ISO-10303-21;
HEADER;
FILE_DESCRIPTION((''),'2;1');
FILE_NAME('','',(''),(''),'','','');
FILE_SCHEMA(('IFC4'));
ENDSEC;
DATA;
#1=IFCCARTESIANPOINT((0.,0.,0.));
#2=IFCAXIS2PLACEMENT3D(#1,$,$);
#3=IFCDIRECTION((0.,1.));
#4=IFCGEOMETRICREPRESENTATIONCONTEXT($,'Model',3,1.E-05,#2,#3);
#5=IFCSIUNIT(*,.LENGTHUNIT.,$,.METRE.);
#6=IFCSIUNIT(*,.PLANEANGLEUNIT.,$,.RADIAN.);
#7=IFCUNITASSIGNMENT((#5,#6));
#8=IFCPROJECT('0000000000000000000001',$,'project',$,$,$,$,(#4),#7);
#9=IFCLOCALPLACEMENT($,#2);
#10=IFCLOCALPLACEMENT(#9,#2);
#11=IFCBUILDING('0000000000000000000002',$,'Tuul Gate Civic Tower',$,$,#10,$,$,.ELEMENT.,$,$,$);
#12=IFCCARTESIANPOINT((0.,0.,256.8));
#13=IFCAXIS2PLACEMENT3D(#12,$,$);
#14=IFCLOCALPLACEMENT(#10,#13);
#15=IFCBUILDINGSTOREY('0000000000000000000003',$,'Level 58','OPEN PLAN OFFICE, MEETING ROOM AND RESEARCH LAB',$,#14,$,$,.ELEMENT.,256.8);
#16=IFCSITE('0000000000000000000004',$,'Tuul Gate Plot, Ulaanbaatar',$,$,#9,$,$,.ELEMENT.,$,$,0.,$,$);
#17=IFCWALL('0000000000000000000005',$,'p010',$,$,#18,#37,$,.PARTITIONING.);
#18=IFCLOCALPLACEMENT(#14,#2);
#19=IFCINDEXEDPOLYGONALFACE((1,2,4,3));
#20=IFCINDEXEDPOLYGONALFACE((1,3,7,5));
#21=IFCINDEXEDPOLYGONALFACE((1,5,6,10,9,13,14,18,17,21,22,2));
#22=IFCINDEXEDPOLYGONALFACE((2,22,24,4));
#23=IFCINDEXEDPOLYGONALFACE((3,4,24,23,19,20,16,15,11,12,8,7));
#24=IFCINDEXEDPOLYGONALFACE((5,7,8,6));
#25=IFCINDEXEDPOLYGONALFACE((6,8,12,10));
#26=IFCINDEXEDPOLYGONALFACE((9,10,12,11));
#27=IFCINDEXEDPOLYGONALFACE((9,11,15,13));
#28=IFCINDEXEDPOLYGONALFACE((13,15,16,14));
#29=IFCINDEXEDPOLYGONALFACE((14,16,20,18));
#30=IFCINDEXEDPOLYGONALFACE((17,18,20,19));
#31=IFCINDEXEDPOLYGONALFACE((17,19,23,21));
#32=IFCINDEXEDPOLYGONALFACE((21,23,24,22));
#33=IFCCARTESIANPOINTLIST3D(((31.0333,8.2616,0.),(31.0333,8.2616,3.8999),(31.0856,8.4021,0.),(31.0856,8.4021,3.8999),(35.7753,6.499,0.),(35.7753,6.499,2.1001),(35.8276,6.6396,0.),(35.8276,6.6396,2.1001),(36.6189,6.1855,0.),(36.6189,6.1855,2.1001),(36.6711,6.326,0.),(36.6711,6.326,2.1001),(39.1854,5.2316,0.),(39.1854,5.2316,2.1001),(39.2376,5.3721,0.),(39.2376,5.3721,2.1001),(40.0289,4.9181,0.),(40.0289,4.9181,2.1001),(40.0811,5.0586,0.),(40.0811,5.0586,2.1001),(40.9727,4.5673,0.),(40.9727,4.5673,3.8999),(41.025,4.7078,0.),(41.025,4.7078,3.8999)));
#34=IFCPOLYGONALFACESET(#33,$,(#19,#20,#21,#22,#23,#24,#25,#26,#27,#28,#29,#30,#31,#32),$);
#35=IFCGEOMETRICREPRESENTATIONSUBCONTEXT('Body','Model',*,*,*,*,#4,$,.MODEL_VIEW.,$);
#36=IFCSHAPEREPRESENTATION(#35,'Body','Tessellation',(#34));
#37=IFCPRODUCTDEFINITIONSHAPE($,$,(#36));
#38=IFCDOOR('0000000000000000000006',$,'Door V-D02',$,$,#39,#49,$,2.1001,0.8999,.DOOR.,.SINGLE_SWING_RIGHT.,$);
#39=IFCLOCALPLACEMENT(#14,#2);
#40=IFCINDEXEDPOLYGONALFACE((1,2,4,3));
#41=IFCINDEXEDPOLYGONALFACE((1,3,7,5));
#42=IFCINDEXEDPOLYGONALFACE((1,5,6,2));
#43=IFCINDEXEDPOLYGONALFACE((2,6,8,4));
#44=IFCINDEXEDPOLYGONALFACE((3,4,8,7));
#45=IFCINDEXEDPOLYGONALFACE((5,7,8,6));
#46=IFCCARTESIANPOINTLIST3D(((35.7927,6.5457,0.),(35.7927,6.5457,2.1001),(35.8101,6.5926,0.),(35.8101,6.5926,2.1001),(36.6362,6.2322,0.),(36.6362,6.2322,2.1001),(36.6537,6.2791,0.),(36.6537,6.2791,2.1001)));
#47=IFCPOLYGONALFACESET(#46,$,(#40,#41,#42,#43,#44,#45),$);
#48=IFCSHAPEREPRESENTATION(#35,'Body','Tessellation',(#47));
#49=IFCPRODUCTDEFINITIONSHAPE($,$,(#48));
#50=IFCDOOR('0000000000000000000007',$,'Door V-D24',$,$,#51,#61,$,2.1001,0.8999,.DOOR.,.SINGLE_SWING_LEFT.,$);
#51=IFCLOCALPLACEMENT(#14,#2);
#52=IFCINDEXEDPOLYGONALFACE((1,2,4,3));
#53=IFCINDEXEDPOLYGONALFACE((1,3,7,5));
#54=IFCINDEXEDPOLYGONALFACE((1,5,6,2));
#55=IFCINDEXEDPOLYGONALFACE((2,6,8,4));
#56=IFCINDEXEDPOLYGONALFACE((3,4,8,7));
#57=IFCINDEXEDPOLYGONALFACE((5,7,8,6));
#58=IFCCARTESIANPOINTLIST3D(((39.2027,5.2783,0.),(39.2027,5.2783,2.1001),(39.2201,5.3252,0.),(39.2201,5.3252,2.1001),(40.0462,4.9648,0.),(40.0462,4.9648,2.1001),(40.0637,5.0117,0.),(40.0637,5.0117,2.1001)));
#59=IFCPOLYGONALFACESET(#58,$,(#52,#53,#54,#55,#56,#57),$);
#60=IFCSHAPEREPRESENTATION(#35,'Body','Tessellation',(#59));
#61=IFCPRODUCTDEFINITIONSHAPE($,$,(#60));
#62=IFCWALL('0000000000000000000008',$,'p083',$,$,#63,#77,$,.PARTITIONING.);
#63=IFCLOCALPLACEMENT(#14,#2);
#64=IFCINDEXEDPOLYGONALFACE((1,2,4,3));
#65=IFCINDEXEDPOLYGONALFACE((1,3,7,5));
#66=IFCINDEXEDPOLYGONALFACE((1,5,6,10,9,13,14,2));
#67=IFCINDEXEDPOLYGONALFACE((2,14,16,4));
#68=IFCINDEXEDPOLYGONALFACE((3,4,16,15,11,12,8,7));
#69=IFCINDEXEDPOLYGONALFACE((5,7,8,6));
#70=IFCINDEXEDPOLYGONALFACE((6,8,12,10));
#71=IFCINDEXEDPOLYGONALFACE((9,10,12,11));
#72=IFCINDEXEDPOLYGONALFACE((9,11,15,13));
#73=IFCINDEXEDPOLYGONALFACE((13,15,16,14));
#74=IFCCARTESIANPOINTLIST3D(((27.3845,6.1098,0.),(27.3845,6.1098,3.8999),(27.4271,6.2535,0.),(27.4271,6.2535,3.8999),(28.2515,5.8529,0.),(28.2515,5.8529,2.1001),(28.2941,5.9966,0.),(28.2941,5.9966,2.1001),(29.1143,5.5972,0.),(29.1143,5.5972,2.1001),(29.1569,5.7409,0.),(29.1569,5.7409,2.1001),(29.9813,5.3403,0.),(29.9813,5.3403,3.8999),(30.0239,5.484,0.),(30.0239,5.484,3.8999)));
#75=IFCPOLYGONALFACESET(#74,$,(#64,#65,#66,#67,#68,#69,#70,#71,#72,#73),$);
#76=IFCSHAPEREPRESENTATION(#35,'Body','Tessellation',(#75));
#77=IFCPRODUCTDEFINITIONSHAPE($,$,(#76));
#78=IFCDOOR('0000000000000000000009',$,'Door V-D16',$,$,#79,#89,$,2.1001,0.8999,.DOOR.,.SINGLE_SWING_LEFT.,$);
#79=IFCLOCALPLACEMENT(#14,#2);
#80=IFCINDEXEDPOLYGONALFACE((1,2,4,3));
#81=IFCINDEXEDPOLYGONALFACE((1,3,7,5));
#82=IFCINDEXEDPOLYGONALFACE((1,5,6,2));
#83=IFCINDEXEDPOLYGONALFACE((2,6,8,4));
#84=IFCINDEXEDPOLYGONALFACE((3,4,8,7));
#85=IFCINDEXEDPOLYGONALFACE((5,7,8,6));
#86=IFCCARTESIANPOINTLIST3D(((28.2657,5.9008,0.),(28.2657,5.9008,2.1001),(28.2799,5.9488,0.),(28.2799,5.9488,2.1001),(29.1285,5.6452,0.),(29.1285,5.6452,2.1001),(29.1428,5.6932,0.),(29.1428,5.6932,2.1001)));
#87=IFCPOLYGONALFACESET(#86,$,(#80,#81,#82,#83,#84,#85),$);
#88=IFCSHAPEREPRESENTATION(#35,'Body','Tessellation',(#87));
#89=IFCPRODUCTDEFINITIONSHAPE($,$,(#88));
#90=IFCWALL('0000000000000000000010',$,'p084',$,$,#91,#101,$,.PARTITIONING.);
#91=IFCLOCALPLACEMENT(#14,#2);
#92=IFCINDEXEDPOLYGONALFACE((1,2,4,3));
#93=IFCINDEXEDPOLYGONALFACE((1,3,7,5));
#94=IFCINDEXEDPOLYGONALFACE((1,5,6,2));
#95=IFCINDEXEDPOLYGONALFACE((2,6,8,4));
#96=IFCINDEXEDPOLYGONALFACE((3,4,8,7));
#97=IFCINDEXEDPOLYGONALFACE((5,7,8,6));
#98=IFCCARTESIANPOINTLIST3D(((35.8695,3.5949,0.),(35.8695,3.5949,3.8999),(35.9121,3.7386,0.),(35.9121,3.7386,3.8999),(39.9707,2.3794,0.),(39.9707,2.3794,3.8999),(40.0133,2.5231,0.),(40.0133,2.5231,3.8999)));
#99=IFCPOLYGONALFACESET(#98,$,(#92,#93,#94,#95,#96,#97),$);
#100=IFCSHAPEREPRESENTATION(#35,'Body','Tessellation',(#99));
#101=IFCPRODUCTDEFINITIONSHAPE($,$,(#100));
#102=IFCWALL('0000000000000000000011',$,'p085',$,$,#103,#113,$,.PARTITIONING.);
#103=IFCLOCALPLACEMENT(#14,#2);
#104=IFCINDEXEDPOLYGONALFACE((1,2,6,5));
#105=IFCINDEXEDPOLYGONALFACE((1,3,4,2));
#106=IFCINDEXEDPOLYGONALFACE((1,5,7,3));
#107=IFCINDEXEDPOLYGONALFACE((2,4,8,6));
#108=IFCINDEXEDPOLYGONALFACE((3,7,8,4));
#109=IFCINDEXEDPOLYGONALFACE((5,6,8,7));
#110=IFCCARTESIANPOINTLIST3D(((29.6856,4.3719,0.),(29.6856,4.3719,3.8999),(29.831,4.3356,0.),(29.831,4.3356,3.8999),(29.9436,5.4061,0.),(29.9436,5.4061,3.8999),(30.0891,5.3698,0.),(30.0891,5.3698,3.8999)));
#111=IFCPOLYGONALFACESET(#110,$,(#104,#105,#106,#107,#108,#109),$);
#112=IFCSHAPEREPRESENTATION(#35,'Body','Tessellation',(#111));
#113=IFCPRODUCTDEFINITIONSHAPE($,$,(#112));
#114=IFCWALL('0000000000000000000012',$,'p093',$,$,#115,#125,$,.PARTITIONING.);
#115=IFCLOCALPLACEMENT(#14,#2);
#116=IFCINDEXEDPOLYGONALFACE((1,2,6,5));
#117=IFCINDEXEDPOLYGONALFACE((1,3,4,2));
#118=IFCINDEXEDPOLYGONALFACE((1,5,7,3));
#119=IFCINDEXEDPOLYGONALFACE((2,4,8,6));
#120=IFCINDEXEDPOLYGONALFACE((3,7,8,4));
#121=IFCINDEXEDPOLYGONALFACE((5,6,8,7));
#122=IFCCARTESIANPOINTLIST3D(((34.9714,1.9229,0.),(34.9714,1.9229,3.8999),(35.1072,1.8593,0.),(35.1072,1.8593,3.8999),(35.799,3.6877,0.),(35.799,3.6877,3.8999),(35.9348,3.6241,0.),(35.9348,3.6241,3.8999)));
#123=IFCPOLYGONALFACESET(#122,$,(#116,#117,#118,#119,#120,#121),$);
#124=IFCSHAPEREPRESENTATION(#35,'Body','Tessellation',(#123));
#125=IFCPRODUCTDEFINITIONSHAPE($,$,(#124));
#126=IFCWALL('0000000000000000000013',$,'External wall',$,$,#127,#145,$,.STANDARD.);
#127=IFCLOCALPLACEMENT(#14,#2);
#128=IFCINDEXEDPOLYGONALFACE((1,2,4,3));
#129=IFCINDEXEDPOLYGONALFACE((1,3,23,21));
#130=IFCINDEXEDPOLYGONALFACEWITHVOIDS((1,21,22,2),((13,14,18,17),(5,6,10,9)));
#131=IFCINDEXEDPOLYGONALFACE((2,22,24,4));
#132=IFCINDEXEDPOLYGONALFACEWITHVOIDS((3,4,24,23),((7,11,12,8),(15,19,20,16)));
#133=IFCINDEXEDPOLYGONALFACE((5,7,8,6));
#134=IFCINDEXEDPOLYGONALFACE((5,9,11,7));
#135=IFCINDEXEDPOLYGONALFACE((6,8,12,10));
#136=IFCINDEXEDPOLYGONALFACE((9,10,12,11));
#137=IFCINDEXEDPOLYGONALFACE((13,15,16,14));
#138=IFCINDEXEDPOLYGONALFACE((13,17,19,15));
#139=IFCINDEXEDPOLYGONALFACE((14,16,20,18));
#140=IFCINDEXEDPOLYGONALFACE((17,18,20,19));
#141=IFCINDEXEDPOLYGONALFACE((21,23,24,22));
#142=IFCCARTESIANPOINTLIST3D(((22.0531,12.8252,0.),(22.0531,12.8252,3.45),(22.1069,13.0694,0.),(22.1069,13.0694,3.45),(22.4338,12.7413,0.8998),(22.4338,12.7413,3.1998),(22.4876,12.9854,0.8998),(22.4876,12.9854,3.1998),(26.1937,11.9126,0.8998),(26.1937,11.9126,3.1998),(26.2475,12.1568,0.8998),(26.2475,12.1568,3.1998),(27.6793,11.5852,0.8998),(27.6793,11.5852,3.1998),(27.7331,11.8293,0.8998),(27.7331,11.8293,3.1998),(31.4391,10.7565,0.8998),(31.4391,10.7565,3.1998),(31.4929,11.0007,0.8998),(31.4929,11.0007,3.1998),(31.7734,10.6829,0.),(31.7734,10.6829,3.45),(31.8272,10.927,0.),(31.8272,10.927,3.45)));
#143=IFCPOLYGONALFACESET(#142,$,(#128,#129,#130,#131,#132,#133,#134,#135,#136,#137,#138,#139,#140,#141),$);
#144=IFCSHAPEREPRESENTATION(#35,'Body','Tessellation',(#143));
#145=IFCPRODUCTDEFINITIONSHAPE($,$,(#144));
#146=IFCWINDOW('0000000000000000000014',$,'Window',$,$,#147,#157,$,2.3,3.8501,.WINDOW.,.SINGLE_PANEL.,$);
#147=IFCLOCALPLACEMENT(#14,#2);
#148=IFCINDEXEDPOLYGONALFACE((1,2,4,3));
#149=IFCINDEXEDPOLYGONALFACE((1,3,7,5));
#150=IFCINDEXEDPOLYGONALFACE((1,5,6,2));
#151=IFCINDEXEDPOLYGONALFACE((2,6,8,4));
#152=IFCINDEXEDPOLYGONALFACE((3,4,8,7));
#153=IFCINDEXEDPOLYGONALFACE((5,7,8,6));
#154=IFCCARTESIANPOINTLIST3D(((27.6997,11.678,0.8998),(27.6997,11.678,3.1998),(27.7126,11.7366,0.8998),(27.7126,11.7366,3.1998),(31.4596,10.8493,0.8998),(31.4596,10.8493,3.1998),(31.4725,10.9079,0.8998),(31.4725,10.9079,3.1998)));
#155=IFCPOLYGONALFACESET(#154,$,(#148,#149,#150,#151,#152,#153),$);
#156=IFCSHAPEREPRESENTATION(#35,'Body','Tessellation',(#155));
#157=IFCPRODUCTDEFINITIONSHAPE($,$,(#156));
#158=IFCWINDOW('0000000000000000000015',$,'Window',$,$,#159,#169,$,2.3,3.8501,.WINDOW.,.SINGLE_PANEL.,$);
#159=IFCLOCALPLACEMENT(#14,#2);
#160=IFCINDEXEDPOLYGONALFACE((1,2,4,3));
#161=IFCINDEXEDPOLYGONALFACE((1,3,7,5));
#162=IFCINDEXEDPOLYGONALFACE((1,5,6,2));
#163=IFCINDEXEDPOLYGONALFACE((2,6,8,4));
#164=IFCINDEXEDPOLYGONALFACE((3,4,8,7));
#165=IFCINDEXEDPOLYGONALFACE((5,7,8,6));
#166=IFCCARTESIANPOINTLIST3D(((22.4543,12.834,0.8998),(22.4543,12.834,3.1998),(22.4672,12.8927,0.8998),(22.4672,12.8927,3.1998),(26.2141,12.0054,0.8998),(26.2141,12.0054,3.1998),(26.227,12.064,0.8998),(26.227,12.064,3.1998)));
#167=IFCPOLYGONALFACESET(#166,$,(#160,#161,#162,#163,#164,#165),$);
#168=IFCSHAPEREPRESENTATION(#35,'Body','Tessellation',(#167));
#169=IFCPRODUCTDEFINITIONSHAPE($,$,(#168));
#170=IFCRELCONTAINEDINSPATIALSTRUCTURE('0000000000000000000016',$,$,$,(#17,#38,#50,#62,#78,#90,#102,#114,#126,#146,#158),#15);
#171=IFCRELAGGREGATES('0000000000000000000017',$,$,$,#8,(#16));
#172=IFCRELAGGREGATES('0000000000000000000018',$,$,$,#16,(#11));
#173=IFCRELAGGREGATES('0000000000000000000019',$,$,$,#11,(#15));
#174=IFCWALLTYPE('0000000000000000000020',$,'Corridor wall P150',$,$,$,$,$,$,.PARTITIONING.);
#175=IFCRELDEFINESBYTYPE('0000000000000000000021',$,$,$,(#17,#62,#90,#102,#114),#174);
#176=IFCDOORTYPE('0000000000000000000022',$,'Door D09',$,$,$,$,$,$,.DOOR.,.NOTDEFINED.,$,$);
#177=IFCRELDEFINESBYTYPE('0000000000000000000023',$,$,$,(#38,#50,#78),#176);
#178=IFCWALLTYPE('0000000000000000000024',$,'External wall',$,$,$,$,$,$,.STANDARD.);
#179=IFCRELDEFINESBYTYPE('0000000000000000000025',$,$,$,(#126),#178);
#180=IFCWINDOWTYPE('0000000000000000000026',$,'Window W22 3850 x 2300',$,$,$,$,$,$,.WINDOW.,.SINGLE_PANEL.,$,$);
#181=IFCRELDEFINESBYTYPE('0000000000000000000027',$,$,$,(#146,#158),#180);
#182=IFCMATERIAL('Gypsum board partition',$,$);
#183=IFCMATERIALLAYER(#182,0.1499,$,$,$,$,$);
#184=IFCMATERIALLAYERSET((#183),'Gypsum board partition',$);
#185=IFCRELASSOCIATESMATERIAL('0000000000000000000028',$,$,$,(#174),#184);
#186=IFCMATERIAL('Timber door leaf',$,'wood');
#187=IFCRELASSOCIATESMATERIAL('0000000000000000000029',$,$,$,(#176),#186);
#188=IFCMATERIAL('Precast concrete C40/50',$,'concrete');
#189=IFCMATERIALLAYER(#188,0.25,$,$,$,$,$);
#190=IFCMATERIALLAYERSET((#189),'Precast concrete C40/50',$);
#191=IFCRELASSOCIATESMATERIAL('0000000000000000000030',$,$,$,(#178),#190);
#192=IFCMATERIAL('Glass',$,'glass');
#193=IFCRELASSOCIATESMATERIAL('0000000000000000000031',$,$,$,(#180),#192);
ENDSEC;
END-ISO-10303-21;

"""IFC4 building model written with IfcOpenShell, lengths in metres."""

from ifc_helpers import new_model, si_unit, direction, frame, frame_2d, origin, place, context, subcontext, project, spatial, rectangle, extrude, material, layer, layer_set, type_object, element, fill, save


model = new_model("IFC4")

# Units and contexts
model_context = context("Model", 3, precision=1e-05, world=origin(), true_north=direction((0.0, 1.0)))
body_context = subcontext(model_context, "Body", "Model", "MODEL_VIEW")
ifc_project = project(units=[si_unit("LENGTHUNIT", "METRE"), si_unit("PLANEANGLEUNIT", "RADIAN")], contexts=[model_context])

# Site, building, storey
site_placement = place(None, origin())
site = spatial("IfcSite", under=ifc_project, at=site_placement, Name="Tuul Gate Plot, Ulaanbaatar", CompositionType="ELEMENT", RefElevation=0.0)
building_placement = place(site_placement, origin())
building = spatial("IfcBuilding", under=site, at=building_placement, Name="Tuul Gate Civic Tower", CompositionType="ELEMENT")
storey_placement = place(building_placement, frame((0.0, 0.0, 256.8)))
storey = spatial("IfcBuildingStorey", under=building, at=storey_placement, Name="Level 58", Description="OPEN PLAN OFFICE, MEETING ROOM AND RESEARCH LAB", CompositionType="ELEMENT", Elevation=256.8)

# Wall, openings, doors
ifc_material_1 = material(Name="Gypsum board partition")
ifc_layer_1 = layer(ifc_material_1, 0.1499)
ifc_layer_set_1 = layer_set([ifc_layer_1], Name="Gypsum board partition")
wall_type_1 = type_object("IfcWallType", Name="Corridor wall P150", PredefinedType="PARTITIONING", material=ifc_layer_set_1)
wall_1_placement = place(storey_placement, frame((31.0596, 8.3318, 0.0), z_axis=(0.0, 0.0, 1.0), x_axis=(0.937347, -0.348397, 0.0)))
wall_1 = element("IfcWall", 1, at=wall_1_placement, inside=storey, type_object=wall_type_1, Name="p010", PredefinedType="PARTITIONING", context=body_context, shape_type="SweptSolid", body=[
    extrude(rectangle(XDim=10.6038, YDim=0.1499, at=frame_2d((5.3018, 0.0))), origin(), (0.0, 0.0, 1.0), 3.8999),
])
opening_1_placement = place(wall_1_placement, frame((5.0588, 0.0, 0.0)))
opening_1 = element("IfcOpeningElement", 2, at=opening_1_placement, cuts=wall_1, PredefinedType="OPENING", context=body_context, shape_type="SweptSolid", body=[
    extrude(rectangle(XDim=0.8999, YDim=2.1001, at=frame_2d((0.45, 1.05))), frame((0.0, 0.085, 0.0), z_axis=(0.0, -1.0, 0.0), x_axis=(1.0, 0.0, 0.0)), (0.0, 0.0, 1.0), 0.1699),
])
opening_2_placement = place(wall_1_placement, frame((8.6968, 0.0, 0.0)))
opening_2 = element("IfcOpeningElement", 3, at=opening_2_placement, cuts=wall_1, PredefinedType="OPENING", context=body_context, shape_type="SweptSolid", body=[
    extrude(rectangle(XDim=0.8999, YDim=2.1001, at=frame_2d((0.45, 1.05))), frame((0.0, 0.085, 0.0), z_axis=(0.0, -1.0, 0.0), x_axis=(1.0, 0.0, 0.0)), (0.0, 0.0, 1.0), 0.1699),
])
ifc_material_2 = material(Name="Timber door leaf", Category="wood")
door_type = type_object("IfcDoorType", Name="Door D09", OperationType="NOTDEFINED", PredefinedType="DOOR", material=ifc_material_2)
door_1_placement = place(opening_1_placement, origin())
door_1 = element("IfcDoor", 4, at=door_1_placement, inside=storey, type_object=door_type, Name="Door V-D02", OperationType="SINGLE_SWING_RIGHT", OverallHeight=2.1001, OverallWidth=0.8999, PredefinedType="DOOR", context=body_context, shape_type="SweptSolid", body=[
    extrude(rectangle(XDim=0.8999, YDim=2.1001, at=frame_2d((0.45, 1.05))), frame((0.0, 0.0249, 0.0), z_axis=(0.0, -1.0, 0.0), x_axis=(1.0, 0.0, 0.0)), (0.0, 0.0, 1.0), 0.05),
])
fill(opening_1, door_1)
door_2_placement = place(opening_2_placement, origin())
door_2 = element("IfcDoor", 5, at=door_2_placement, inside=storey, type_object=door_type, Name="Door V-D24", OperationType="SINGLE_SWING_LEFT", OverallHeight=2.1001, OverallWidth=0.8999, PredefinedType="DOOR", context=body_context, shape_type="SweptSolid", body=[
    extrude(rectangle(XDim=0.8999, YDim=2.1001, at=frame_2d((0.45, 1.05))), frame((0.0, 0.0249, 0.0), z_axis=(0.0, -1.0, 0.0), x_axis=(1.0, 0.0, 0.0)), (0.0, 0.0, 1.0), 0.05),
])
fill(opening_2, door_2)

# Wall, opening, door
wall_2_placement = place(storey_placement, frame((27.4058, 6.1816, 0.0), z_axis=(0.0, 0.0, 1.0), x_axis=(0.958791, -0.284113, 0.0)))
wall_2 = element("IfcWall", 6, at=wall_2_placement, inside=storey, type_object=wall_type_1, Name="p083", PredefinedType="PARTITIONING", context=body_context, shape_type="SweptSolid", body=[
    extrude(rectangle(XDim=2.7085, YDim=0.1499, at=frame_2d((1.3542, 0.0))), origin(), (0.0, 0.0, 1.0), 3.8999),
])
opening_3_placement = place(wall_2_placement, frame((0.9043, 0.0, 0.0)))
opening_3 = element("IfcOpeningElement", 7, at=opening_3_placement, cuts=wall_2, PredefinedType="OPENING", context=body_context, shape_type="SweptSolid", body=[
    extrude(rectangle(XDim=0.8999, YDim=2.1001, at=frame_2d((0.45, 1.05))), frame((0.0, 0.085, 0.0), z_axis=(0.0, -1.0, 0.0), x_axis=(1.0, 0.0, 0.0)), (0.0, 0.0, 1.0), 0.1699),
])
door_3_placement = place(opening_3_placement, frame((0.8999, 0.0, 0.0), z_axis=(0.0, 0.0, 1.0), x_axis=(-1.0, 0.0, 0.0)))
door_3 = element("IfcDoor", 8, at=door_3_placement, inside=storey, type_object=door_type, Name="Door V-D16", OperationType="SINGLE_SWING_LEFT", OverallHeight=2.1001, OverallWidth=0.8999, PredefinedType="DOOR", context=body_context, shape_type="SweptSolid", body=[
    extrude(rectangle(XDim=0.8999, YDim=2.1001, at=frame_2d((0.45, 1.05))), frame((0.0, 0.0249, 0.0), z_axis=(0.0, -1.0, 0.0), x_axis=(1.0, 0.0, 0.0)), (0.0, 0.0, 1.0), 0.05),
])
fill(opening_3, door_3)

# Walls
wall_3_placement = place(storey_placement, frame((35.8909, 3.6667, 0.0), z_axis=(0.0, 0.0, 1.0), x_axis=(0.958775, -0.284168, 0.0)))
element("IfcWall", 9, at=wall_3_placement, inside=storey, type_object=wall_type_1, Name="p084", PredefinedType="PARTITIONING", context=body_context, shape_type="SweptSolid", body=[
    extrude(rectangle(XDim=4.2776, YDim=0.1499, at=frame_2d((2.1387, 0.0))), origin(), (0.0, 0.0, 1.0), 3.8999),
])
wall_4_placement = place(storey_placement, frame((29.7583, 4.3538, 0.0), z_axis=(0.0, 0.0, 1.0), x_axis=(0.242104, 0.97025, 0.0)))
element("IfcWall", 10, at=wall_4_placement, inside=storey, type_object=wall_type_1, Name="p085", PredefinedType="PARTITIONING", context=body_context, shape_type="SweptSolid", body=[
    extrude(rectangle(XDim=1.0659, YDim=0.1499, at=frame_2d((0.533, 0.0))), origin(), (0.0, 0.0, 1.0), 3.8999),
])
wall_5_placement = place(storey_placement, frame((35.0393, 1.8911, 0.0), z_axis=(0.0, 0.0, 1.0), x_axis=(0.424578, 0.905391, 0.0)))
element("IfcWall", 11, at=wall_5_placement, inside=storey, type_object=wall_type_1, Name="p093", PredefinedType="PARTITIONING", context=body_context, shape_type="SweptSolid", body=[
    extrude(rectangle(XDim=1.9492, YDim=0.1499, at=frame_2d((0.9746, 0.0))), origin(), (0.0, 0.0, 1.0), 3.8999),
])

# Wall, openings, windows
ifc_material_3 = material(Name="Precast concrete C40/50", Category="concrete")
ifc_layer_2 = layer(ifc_material_3, 0.25)
ifc_layer_set_2 = layer_set([ifc_layer_2], Name="Precast concrete C40/50")
wall_type_2 = type_object("IfcWallType", Name="External wall", PredefinedType="STANDARD", material=ifc_layer_set_2)
wall_6_placement = place(storey_placement, frame((31.8003, 10.8049, 0.0), z_axis=(0.0, 0.0, 1.0), x_axis=(-0.976562, 0.215234, 0.0)))
wall_6 = element("IfcWall", 12, at=wall_6_placement, inside=storey, type_object=wall_type_2, Name="External wall", PredefinedType="STANDARD", context=body_context, shape_type="SweptSolid", body=[
    extrude(rectangle(XDim=9.9536, YDim=0.25, at=frame_2d((4.9768, 0.0))), origin(), (0.0, 0.0, 1.0), 3.45),
])
opening_4_placement = place(wall_6_placement, frame((0.3423, 0.0, 0.8999)))
opening_4 = element("IfcOpeningElement", 13, at=opening_4_placement, cuts=wall_6, PredefinedType="OPENING", context=body_context, shape_type="SweptSolid", body=[
    extrude(rectangle(XDim=3.8501, YDim=2.3, at=frame_2d((1.925, 1.1499))), frame((0.0, 0.135, 0.0), z_axis=(0.0, -1.0, 0.0), x_axis=(1.0, 0.0, 0.0)), (0.0, 0.0, 1.0), 0.27),
])
opening_5_placement = place(wall_6_placement, frame((5.7136, 0.0, 0.8999)))
opening_5 = element("IfcOpeningElement", 14, at=opening_5_placement, cuts=wall_6, PredefinedType="OPENING", context=body_context, shape_type="SweptSolid", body=[
    extrude(rectangle(XDim=3.8501, YDim=2.3, at=frame_2d((1.925, 1.1499))), frame((0.0, 0.135, 0.0), z_axis=(0.0, -1.0, 0.0), x_axis=(1.0, 0.0, 0.0)), (0.0, 0.0, 1.0), 0.27),
])
ifc_material_4 = material(Name="Glass", Category="glass")
window_type = type_object("IfcWindowType", Name="Window W22 3850 x 2300", PartitioningType="SINGLE_PANEL", PredefinedType="WINDOW", material=ifc_material_4)
window_1_placement = place(opening_4_placement, origin())
window_1 = element("IfcWindow", 15, at=window_1_placement, inside=storey, type_object=window_type, Name="Window", OverallHeight=2.3, OverallWidth=3.8501, PartitioningType="SINGLE_PANEL", PredefinedType="WINDOW", context=body_context, shape_type="SweptSolid", body=[
    extrude(rectangle(XDim=3.8501, YDim=2.3, at=frame_2d((1.925, 1.1499))), frame((0.0, 0.03, 0.0), z_axis=(0.0, -1.0, 0.0), x_axis=(1.0, 0.0, 0.0)), (0.0, 0.0, 1.0), 0.0601),
])
fill(opening_4, window_1)
window_2_placement = place(opening_5_placement, origin())
window_2 = element("IfcWindow", 16, at=window_2_placement, inside=storey, type_object=window_type, Name="Window", OverallHeight=2.3, OverallWidth=3.8501, PartitioningType="SINGLE_PANEL", PredefinedType="WINDOW", context=body_context, shape_type="SweptSolid", body=[
    extrude(rectangle(XDim=3.8501, YDim=2.3, at=frame_2d((1.925, 1.1499))), frame((0.0, 0.03, 0.0), z_axis=(0.0, -1.0, 0.0), x_axis=(1.0, 0.0, 0.0)), (0.0, 0.0, 1.0), 0.0601),
])
fill(opening_5, window_2)

save(model, "model.ifc")
